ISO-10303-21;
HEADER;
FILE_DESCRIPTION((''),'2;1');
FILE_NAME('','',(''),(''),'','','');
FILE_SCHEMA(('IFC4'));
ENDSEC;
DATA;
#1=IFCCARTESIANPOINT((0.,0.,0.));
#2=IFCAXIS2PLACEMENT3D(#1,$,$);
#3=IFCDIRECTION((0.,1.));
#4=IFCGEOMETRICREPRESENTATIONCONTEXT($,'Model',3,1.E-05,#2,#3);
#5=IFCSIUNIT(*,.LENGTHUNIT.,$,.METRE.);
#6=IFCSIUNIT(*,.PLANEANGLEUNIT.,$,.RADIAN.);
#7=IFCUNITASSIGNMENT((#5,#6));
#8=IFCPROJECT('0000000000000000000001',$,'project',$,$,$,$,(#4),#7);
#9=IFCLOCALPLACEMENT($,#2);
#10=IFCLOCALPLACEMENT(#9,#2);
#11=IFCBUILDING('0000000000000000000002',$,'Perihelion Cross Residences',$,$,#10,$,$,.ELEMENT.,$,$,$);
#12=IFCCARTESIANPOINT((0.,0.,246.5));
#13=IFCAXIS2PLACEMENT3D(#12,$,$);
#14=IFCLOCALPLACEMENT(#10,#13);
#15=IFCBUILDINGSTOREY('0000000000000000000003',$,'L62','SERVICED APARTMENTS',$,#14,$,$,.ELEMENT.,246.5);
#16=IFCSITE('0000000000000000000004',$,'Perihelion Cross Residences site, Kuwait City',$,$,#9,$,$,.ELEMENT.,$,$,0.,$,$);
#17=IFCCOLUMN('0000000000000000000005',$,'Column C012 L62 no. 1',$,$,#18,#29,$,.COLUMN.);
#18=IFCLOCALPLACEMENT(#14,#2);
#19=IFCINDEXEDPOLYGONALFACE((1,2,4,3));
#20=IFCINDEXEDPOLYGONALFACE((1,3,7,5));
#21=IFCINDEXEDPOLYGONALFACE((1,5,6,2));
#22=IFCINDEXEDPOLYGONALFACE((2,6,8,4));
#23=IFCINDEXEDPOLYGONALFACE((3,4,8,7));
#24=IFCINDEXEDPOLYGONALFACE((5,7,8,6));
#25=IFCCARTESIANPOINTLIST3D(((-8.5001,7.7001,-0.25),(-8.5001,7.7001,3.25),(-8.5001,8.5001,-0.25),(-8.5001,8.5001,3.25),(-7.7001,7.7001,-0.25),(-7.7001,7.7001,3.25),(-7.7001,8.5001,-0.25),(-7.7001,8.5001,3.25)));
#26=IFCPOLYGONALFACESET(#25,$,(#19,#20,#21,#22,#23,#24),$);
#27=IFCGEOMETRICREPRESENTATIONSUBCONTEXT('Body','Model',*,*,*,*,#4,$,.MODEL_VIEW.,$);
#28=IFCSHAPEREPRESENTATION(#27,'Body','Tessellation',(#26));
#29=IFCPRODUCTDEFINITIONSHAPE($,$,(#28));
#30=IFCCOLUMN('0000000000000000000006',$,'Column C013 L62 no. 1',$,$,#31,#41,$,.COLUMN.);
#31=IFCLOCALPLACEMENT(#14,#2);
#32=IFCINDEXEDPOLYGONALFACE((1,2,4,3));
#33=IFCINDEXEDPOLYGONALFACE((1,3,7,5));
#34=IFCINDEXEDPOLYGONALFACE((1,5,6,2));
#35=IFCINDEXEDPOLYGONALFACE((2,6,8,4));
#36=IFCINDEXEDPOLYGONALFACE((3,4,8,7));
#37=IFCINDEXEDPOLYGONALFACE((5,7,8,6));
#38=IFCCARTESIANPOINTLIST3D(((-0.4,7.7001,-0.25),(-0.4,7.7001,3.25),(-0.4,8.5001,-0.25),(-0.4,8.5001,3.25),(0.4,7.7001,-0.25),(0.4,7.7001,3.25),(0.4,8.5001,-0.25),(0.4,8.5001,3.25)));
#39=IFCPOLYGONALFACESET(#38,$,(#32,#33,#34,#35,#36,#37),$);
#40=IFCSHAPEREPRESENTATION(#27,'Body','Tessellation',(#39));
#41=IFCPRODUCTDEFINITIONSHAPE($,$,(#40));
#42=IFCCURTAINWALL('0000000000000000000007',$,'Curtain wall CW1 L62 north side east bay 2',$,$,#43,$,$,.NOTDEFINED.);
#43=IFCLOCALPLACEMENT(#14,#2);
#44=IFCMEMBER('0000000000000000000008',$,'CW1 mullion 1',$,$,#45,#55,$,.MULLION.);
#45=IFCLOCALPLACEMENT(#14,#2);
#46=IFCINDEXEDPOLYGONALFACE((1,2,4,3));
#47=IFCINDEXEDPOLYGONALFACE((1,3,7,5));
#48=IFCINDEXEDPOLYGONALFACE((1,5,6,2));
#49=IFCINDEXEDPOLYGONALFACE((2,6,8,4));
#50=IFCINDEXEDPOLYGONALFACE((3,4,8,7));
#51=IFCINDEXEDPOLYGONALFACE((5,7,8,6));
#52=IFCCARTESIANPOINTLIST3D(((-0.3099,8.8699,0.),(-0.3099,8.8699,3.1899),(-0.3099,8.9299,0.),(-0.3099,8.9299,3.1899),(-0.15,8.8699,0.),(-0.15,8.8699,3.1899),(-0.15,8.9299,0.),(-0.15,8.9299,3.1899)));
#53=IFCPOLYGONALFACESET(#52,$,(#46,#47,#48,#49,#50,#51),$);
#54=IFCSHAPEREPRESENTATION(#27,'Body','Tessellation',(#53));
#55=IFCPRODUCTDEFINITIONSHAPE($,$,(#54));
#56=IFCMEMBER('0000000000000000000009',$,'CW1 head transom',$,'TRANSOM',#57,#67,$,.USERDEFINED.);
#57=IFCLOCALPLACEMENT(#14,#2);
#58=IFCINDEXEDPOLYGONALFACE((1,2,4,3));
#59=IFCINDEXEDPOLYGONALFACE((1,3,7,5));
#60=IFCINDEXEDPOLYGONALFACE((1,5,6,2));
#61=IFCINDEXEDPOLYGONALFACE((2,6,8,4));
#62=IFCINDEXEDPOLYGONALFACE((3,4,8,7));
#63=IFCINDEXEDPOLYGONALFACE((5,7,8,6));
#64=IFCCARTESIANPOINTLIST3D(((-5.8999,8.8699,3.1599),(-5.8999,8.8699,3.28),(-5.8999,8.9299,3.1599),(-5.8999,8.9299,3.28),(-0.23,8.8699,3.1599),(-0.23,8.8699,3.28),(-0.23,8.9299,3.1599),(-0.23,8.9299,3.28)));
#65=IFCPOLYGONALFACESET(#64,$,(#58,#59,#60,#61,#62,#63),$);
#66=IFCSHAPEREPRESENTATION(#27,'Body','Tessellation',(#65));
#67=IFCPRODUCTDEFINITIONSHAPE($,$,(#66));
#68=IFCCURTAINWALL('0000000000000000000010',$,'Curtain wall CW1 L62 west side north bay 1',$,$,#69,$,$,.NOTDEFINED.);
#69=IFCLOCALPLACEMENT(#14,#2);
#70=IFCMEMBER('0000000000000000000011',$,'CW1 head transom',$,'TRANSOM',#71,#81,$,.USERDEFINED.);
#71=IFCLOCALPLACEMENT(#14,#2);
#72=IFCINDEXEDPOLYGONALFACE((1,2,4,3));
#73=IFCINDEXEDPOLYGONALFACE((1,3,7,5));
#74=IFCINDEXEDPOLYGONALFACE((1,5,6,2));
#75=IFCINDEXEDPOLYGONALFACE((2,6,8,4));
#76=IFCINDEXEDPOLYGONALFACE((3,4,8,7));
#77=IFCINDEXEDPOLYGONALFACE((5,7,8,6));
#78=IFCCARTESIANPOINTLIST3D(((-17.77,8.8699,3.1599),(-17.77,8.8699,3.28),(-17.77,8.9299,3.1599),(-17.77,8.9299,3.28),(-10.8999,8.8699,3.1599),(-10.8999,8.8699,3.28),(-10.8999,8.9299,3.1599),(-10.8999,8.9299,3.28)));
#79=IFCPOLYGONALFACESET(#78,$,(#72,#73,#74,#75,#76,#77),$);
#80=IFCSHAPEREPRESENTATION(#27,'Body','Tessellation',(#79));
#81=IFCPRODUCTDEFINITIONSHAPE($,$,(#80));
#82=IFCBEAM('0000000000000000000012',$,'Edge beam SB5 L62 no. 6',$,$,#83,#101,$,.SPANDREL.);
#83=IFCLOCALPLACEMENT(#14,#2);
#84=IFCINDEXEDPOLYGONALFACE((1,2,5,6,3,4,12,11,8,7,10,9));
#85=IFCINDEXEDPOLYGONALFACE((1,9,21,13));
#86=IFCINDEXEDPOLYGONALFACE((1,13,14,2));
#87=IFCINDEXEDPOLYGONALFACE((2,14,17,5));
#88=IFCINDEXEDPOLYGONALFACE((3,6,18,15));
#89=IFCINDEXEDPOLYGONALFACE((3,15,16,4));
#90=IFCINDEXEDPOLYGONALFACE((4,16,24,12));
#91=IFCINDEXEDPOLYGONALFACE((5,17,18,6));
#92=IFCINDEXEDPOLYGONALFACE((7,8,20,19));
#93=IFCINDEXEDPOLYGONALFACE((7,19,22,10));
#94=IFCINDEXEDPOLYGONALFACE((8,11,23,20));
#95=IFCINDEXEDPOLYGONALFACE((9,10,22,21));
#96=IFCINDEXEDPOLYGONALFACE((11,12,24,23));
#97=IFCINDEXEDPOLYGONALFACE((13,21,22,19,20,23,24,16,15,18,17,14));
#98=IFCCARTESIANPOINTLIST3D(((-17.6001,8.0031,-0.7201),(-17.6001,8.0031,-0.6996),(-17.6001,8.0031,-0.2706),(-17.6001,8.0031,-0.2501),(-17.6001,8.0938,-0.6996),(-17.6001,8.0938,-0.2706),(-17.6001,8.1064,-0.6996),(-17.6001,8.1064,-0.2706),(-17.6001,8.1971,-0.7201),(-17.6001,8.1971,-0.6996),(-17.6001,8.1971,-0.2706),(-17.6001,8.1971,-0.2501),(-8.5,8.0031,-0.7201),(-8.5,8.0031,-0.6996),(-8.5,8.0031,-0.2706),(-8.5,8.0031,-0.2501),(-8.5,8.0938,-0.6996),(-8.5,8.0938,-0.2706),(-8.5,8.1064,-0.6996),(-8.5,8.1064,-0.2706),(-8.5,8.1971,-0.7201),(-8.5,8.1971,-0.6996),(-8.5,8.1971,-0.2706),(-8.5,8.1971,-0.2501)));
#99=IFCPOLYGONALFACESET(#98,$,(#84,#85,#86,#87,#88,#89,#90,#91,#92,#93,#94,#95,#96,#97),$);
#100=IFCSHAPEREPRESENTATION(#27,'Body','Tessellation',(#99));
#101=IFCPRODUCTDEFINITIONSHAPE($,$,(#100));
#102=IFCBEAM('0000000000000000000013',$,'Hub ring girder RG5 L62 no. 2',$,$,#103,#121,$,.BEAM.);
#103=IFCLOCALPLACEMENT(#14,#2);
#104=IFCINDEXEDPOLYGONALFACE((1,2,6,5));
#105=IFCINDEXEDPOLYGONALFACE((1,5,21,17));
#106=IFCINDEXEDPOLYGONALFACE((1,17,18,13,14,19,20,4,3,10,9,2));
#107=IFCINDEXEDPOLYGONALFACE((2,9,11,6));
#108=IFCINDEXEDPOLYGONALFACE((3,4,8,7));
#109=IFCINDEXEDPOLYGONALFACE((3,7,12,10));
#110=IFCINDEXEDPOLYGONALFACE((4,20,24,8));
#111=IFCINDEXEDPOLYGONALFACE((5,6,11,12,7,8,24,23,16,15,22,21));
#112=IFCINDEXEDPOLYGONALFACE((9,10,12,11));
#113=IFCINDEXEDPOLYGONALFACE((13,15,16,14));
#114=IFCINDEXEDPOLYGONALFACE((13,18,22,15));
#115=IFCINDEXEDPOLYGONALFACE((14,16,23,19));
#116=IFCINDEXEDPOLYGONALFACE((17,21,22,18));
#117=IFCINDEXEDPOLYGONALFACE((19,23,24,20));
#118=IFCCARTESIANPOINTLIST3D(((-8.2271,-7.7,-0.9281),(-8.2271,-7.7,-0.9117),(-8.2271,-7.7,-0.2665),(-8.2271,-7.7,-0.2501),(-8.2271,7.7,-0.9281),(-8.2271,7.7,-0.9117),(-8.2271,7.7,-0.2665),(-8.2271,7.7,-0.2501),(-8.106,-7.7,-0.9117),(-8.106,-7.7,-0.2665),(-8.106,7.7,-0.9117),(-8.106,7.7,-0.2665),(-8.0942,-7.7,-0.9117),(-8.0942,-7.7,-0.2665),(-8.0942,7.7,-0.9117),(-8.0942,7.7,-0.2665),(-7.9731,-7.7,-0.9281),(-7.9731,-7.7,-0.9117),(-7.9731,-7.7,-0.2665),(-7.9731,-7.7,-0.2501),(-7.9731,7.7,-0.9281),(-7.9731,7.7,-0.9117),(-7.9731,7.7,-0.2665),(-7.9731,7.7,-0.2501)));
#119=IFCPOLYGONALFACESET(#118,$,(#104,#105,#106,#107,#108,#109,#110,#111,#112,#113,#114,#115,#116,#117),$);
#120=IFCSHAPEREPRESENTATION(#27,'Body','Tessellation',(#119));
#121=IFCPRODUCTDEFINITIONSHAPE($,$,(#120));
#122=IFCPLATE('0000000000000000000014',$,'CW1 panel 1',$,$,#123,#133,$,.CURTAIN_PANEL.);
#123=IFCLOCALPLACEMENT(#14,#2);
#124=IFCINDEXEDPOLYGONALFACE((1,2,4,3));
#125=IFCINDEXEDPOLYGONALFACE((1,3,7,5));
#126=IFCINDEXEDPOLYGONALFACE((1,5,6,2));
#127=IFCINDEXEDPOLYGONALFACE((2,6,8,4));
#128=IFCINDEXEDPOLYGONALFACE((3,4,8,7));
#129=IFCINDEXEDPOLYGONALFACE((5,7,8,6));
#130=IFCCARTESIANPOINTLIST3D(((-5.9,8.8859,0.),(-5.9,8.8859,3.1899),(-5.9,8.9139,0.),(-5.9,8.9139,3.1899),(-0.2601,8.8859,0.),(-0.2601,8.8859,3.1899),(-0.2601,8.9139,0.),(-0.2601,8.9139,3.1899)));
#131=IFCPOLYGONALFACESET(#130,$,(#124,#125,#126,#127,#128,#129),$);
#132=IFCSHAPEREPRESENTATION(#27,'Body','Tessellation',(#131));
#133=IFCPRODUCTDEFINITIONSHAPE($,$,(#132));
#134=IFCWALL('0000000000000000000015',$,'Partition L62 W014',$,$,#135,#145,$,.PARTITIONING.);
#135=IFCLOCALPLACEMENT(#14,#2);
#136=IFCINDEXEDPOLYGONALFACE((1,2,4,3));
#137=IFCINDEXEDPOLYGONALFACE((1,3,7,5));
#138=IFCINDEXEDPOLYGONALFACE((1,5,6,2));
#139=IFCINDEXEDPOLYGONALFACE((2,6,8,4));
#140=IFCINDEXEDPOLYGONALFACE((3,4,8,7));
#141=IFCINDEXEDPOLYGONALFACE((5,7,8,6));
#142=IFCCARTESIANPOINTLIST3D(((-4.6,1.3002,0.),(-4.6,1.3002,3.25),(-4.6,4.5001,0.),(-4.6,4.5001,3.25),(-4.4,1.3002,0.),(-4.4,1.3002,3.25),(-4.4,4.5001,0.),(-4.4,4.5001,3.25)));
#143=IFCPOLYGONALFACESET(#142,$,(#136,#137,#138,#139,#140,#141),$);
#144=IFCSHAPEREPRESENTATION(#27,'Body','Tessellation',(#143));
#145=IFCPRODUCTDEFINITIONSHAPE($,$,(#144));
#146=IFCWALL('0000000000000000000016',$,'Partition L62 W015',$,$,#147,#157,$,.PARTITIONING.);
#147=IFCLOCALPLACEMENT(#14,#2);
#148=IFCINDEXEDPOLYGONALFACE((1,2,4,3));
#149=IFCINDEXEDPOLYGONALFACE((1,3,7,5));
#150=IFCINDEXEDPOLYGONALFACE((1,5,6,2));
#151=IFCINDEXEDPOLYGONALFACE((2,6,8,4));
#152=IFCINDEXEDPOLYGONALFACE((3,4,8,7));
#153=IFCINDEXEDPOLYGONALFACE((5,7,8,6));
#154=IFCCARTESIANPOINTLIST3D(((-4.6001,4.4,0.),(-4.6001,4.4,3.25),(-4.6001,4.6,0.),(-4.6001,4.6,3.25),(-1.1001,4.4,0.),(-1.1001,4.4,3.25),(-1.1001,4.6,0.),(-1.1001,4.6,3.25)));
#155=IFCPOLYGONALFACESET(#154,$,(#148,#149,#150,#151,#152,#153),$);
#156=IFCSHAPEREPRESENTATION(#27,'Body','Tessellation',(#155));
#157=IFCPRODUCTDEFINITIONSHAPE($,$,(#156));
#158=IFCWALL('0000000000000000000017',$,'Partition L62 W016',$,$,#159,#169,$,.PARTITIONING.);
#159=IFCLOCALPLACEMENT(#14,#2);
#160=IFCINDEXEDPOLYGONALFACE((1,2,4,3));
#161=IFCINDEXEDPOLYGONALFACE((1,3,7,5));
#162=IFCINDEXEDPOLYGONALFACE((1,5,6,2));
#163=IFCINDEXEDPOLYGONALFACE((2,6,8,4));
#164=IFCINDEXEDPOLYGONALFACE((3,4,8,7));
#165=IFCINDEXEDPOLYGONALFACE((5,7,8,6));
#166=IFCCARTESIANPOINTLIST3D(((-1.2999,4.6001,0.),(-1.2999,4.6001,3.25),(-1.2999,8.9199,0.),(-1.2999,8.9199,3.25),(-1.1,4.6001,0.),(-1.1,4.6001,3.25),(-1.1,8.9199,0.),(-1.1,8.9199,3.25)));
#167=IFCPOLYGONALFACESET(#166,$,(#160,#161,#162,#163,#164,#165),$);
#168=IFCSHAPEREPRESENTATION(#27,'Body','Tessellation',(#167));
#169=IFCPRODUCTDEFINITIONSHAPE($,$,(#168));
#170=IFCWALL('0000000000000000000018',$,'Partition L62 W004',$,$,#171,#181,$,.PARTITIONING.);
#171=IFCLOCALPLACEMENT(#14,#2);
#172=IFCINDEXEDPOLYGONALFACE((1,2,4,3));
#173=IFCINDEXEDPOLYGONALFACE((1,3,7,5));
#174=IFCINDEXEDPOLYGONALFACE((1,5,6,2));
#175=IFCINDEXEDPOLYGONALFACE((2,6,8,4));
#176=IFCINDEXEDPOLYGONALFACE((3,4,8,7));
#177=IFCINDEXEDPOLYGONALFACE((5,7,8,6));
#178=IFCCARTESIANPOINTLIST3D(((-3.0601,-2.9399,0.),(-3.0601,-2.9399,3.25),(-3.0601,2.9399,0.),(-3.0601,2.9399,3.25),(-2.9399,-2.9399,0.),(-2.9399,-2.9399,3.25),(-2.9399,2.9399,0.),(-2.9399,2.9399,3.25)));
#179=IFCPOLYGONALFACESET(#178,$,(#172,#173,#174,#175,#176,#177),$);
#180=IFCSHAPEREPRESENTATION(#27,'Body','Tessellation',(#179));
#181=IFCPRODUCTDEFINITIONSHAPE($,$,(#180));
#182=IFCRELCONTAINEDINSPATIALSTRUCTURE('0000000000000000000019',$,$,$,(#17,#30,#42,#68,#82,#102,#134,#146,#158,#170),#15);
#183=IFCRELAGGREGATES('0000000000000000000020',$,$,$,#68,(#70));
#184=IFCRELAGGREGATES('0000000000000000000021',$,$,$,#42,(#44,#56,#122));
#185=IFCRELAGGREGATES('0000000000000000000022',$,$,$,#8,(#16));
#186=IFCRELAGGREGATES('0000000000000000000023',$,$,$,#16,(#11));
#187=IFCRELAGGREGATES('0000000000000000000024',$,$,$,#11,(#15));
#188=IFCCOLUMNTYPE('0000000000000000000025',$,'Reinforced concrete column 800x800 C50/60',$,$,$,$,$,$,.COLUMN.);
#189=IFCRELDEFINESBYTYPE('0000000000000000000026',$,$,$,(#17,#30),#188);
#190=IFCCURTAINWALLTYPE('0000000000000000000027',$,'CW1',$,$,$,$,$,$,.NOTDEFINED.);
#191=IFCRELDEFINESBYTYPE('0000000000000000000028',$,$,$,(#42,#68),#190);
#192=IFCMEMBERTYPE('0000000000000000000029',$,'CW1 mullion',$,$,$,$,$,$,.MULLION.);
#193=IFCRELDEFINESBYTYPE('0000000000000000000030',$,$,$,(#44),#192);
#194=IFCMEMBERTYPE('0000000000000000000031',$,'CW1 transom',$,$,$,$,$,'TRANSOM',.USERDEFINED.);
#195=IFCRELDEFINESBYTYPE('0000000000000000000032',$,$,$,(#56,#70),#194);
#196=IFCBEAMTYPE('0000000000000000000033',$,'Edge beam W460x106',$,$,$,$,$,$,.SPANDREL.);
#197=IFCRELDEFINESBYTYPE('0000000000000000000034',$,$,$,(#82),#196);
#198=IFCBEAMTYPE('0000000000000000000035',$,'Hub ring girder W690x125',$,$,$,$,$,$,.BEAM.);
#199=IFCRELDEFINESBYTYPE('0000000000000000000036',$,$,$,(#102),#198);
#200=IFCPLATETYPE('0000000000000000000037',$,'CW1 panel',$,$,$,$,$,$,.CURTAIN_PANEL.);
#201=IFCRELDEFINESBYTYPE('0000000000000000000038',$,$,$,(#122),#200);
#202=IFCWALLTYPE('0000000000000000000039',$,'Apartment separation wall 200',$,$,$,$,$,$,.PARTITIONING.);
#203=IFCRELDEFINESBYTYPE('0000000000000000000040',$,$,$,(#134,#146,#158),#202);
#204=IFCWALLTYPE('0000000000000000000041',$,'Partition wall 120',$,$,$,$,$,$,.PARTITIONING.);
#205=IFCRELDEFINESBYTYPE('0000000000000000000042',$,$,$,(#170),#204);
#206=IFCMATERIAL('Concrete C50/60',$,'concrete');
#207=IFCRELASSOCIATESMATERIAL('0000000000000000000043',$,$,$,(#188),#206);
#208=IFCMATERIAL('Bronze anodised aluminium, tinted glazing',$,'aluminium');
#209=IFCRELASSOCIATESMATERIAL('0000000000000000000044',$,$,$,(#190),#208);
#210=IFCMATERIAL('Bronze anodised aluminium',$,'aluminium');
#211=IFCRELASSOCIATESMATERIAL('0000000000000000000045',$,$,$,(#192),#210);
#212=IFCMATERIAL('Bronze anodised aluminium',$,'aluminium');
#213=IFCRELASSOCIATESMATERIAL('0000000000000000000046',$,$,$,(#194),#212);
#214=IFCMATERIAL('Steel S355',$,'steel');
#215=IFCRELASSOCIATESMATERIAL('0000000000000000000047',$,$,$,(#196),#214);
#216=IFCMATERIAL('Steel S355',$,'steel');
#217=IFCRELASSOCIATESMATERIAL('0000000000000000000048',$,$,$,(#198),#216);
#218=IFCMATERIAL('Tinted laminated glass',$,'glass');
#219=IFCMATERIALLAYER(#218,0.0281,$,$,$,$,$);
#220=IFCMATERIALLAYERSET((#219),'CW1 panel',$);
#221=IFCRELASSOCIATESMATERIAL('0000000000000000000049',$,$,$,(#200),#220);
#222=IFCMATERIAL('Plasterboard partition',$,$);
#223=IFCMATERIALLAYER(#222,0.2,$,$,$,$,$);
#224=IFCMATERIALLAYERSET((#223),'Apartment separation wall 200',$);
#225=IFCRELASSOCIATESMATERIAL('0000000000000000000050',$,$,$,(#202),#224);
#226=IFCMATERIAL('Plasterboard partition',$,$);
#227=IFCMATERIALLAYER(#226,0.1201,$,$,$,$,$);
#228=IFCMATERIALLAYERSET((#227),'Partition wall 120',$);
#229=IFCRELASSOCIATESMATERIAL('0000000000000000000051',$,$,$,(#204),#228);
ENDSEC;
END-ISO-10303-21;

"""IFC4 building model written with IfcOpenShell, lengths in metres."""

from ifc_helpers import new_model, si_unit, direction, frame, frame_2d, origin, origin_2d, place, context, subcontext, project, spatial, rectangle, i_section, extrude, material, layer, layer_set, material_profile, profile_set, type_object, element, aggregate, save


model = new_model("IFC4")

# Units and contexts
model_context = context("Model", 3, precision=1e-05, world=origin(), true_north=direction((0.0, 1.0)))
body_context = subcontext(model_context, "Body", "Model", "MODEL_VIEW")
ifc_project = project(units=[si_unit("LENGTHUNIT", "METRE"), si_unit("PLANEANGLEUNIT", "RADIAN")], contexts=[model_context])

# Site, building, storey
site_placement = place(None, origin())
site = spatial("IfcSite", under=ifc_project, at=site_placement, Name="Perihelion Cross Residences site, Kuwait City", CompositionType="ELEMENT", RefElevation=0.0)
building_placement = place(site_placement, origin())
building = spatial("IfcBuilding", under=site, at=building_placement, Name="Perihelion Cross Residences", CompositionType="ELEMENT")
storey_placement = place(building_placement, frame((0.0, 0.0, 246.5)))
storey = spatial("IfcBuildingStorey", under=building, at=storey_placement, Name="L62", Description="SERVICED APARTMENTS", CompositionType="ELEMENT", Elevation=246.5)

# Columns
ifc_material_1 = material(Name="Concrete C50/60", Category="concrete")
ifc_material_profile_1 = material_profile(ifc_material_1, rectangle(XDim=0.8, YDim=0.8, at=origin_2d()), Name="RC 800x800")
ifc_profile_set_1 = profile_set([ifc_material_profile_1], Name="Concrete C50/60")
column_type = type_object("IfcColumnType", Name="Reinforced concrete column 800x800 C50/60", PredefinedType="COLUMN", material=ifc_profile_set_1)
for number, where, z_axis, x_axis, name in (
    (1, (-8.1001, 8.1001, -0.25), (0.0, 0.0, 1.0), (1.0, 0.0, 0.0), "Column C012 L62 no. 1"),
    (2, (0.0, 8.1001, -0.25), (0.0, 0.0, 1.0), (1.0, 0.0, 0.0), "Column C013 L62 no. 1"),
):
    element("IfcColumn", number, at=place(storey_placement, frame(where, z_axis=z_axis, x_axis=x_axis)), inside=storey, type_object=column_type, Name=name, PredefinedType="COLUMN", context=body_context, shape_type="SweptSolid", body=[
        extrude(rectangle(XDim=0.8, YDim=0.8, at=origin_2d()), origin(), (0.0, 0.0, 1.0), 3.5),
    ])

# Curtain wall, members
ifc_material_2 = material(Name="Bronze anodised aluminium, tinted glazing", Category="aluminium")
curtain_wall_type = type_object("IfcCurtainWallType", Name="CW1", PredefinedType="NOTDEFINED", material=ifc_material_2)
curtain_wall_1_placement = place(storey_placement, origin())
curtain_wall_1 = element("IfcCurtainWall", 3, at=curtain_wall_1_placement, inside=storey, type_object=curtain_wall_type, Name="Curtain wall CW1 L62 north side east bay 2", PredefinedType="NOTDEFINED")
ifc_material_3 = material(Name="Bronze anodised aluminium", Category="aluminium")
ifc_material_profile_2 = material_profile(ifc_material_3, rectangle(XDim=0.0601, YDim=0.1599, at=origin_2d()), Name="CW1 mullion")
ifc_profile_set_2 = profile_set([ifc_material_profile_2], Name="Bronze anodised aluminium")
member_type_1 = type_object("IfcMemberType", Name="CW1 mullion", PredefinedType="MULLION", material=ifc_profile_set_2)
member_1_placement = place(storey_placement, frame((-0.23, 8.8999, 0.0), z_axis=(0.0, 0.0, 1.0), x_axis=(0.0, -1.0, 0.0)))
member_1 = element("IfcMember", 4, at=member_1_placement, type_object=member_type_1, Name="CW1 mullion 1", PredefinedType="MULLION", context=body_context, shape_type="SweptSolid", body=[
    extrude(rectangle(XDim=0.0601, YDim=0.1599, at=origin_2d()), origin(), (0.0, 0.0, 1.0), 3.1899),
])
ifc_material_4 = material(Name="Bronze anodised aluminium", Category="aluminium")
ifc_material_profile_3 = material_profile(ifc_material_4, rectangle(XDim=0.0601, YDim=0.1201, at=origin_2d()), Name="CW1 transom")
ifc_profile_set_3 = profile_set([ifc_material_profile_3], Name="Bronze anodised aluminium")
member_type_2 = type_object("IfcMemberType", Name="CW1 transom", ElementType="TRANSOM", PredefinedType="USERDEFINED", material=ifc_profile_set_3)
member_2_placement = place(storey_placement, frame((-0.23, 8.8999, 3.22), z_axis=(-1.0, 0.0, 0.0), x_axis=(0.0, -1.0, 0.0)))
member_2 = element("IfcMember", 5, at=member_2_placement, type_object=member_type_2, Name="CW1 head transom", ObjectType="TRANSOM", PredefinedType="USERDEFINED", context=body_context, shape_type="SweptSolid", body=[
    extrude(rectangle(XDim=0.0601, YDim=0.1201, at=origin_2d()), origin(), (0.0, 0.0, 1.0), 5.6699),
])

# Curtain wall, member
curtain_wall_2_placement = place(storey_placement, origin())
curtain_wall_2 = element("IfcCurtainWall", 6, at=curtain_wall_2_placement, inside=storey, type_object=curtain_wall_type, Name="Curtain wall CW1 L62 west side north bay 1", PredefinedType="NOTDEFINED")
member_3_placement = place(storey_placement, frame((-10.8999, 8.8999, 3.22), z_axis=(-1.0, 0.0, 0.0), x_axis=(0.0, -1.0, 0.0)))
member_3 = element("IfcMember", 7, at=member_3_placement, type_object=member_type_2, Name="CW1 head transom", ObjectType="TRANSOM", PredefinedType="USERDEFINED", context=body_context, shape_type="SweptSolid", body=[
    extrude(rectangle(XDim=0.0601, YDim=0.1201, at=origin_2d()), origin(), (0.0, 0.0, 1.0), 6.8701),
])
aggregate(curtain_wall_2, [member_3])

# Beams
ifc_material_5 = material(Name="Steel S355", Category="steel")
ifc_material_profile_4 = material_profile(ifc_material_5, i_section(OverallWidth=0.1941, OverallDepth=0.47, WebThickness=0.0127, FlangeThickness=0.0205, at=origin_2d()), Name="W460x106")
ifc_profile_set_4 = profile_set([ifc_material_profile_4], Name="Steel S355")
beam_type_1 = type_object("IfcBeamType", Name="Edge beam W460x106", PredefinedType="SPANDREL", material=ifc_profile_set_4)
beam_1_placement = place(storey_placement, frame((-8.5, 8.1001, -0.4851), z_axis=(-1.0, 0.0, 0.0), x_axis=(0.0, -1.0, 0.0)))
element("IfcBeam", 8, at=beam_1_placement, inside=storey, type_object=beam_type_1, Name="Edge beam SB5 L62 no. 6", PredefinedType="SPANDREL", context=body_context, shape_type="SweptSolid", body=[
    extrude(i_section(OverallWidth=0.1941, OverallDepth=0.47, WebThickness=0.0127, FlangeThickness=0.0205, at=origin_2d()), origin(), (0.0, 0.0, 1.0), 9.1001),
])
ifc_material_6 = material(Name="Steel S355", Category="steel")
ifc_material_profile_5 = material_profile(ifc_material_6, i_section(OverallWidth=0.2539, OverallDepth=0.678, WebThickness=0.0117, FlangeThickness=0.0164, at=origin_2d()), Name="W690x125")
ifc_profile_set_5 = profile_set([ifc_material_profile_5], Name="Steel S355")
beam_type_2 = type_object("IfcBeamType", Name="Hub ring girder W690x125", PredefinedType="BEAM", material=ifc_profile_set_5)
beam_2_placement = place(storey_placement, frame((-8.1001, 7.7, -0.5891), z_axis=(0.0, -1.0, 0.0), x_axis=(1.0, 0.0, 0.0)))
element("IfcBeam", 9, at=beam_2_placement, inside=storey, type_object=beam_type_2, Name="Hub ring girder RG5 L62 no. 2", PredefinedType="BEAM", context=body_context, shape_type="SweptSolid", body=[
    extrude(i_section(OverallWidth=0.2539, OverallDepth=0.678, WebThickness=0.0117, FlangeThickness=0.0164, at=origin_2d()), origin(), (0.0, 0.0, 1.0), 15.3999),
])

# Plate
ifc_material_7 = material(Name="Tinted laminated glass", Category="glass")
ifc_layer_1 = layer(ifc_material_7, 0.0281)
ifc_layer_set_1 = layer_set([ifc_layer_1], Name="CW1 panel")
plate_type = type_object("IfcPlateType", Name="CW1 panel", PredefinedType="CURTAIN_PANEL", material=ifc_layer_set_1)
plate_placement = place(storey_placement, frame((-3.0801, 8.8999, 0.0), z_axis=(0.0, 0.0, 1.0), x_axis=(-1.0, 0.0, 0.0)))
plate = element("IfcPlate", 10, at=plate_placement, type_object=plate_type, Name="CW1 panel 1", PredefinedType="CURTAIN_PANEL", context=body_context, shape_type="SweptSolid", body=[
    extrude(rectangle(XDim=5.6399, YDim=0.0281, at=origin_2d()), origin(), (0.0, 0.0, 1.0), 3.1899),
])
aggregate(curtain_wall_1, [member_1, member_2, plate])

# Walls
ifc_material_8 = material(Name="Plasterboard partition")
ifc_layer_2 = layer(ifc_material_8, 0.2)
ifc_layer_set_2 = layer_set([ifc_layer_2], Name="Apartment separation wall 200")
wall_type_1 = type_object("IfcWallType", Name="Apartment separation wall 200", PredefinedType="PARTITIONING", material=ifc_layer_set_2)
wall_1_placement = place(storey_placement, frame((-4.5, 1.3, 0.0), z_axis=(0.0, 0.0, 1.0), x_axis=(0.0, 1.0, 0.0)))
element("IfcWall", 11, at=wall_1_placement, inside=storey, type_object=wall_type_1, Name="Partition L62 W014", PredefinedType="PARTITIONING", context=body_context, shape_type="SweptSolid", body=[
    extrude(rectangle(XDim=3.2, YDim=0.2, at=frame_2d((1.6001, 0.0))), origin(), (0.0, 0.0, 1.0), 3.25),
])
wall_2_placement = place(storey_placement, frame((-4.6001, 4.5, 0.0), z_axis=(0.0, 0.0, 1.0), x_axis=(1.0, 0.0, 0.0)))
element("IfcWall", 12, at=wall_2_placement, inside=storey, type_object=wall_type_1, Name="Partition L62 W015", PredefinedType="PARTITIONING", context=body_context, shape_type="SweptSolid", body=[
    extrude(rectangle(XDim=3.5, YDim=0.2, at=frame_2d((1.75, 0.0))), origin(), (0.0, 0.0, 1.0), 3.25),
])
wall_3_placement = place(storey_placement, frame((-1.2, 4.6001, 0.0), z_axis=(0.0, 0.0, 1.0), x_axis=(0.0, 1.0, 0.0)))
element("IfcWall", 13, at=wall_3_placement, inside=storey, type_object=wall_type_1, Name="Partition L62 W016", PredefinedType="PARTITIONING", context=body_context, shape_type="SweptSolid", body=[
    extrude(rectangle(XDim=4.3198, YDim=0.2, at=frame_2d((2.1599, 0.0))), origin(), (0.0, 0.0, 1.0), 3.25),
])

# Wall
ifc_material_9 = material(Name="Plasterboard partition")
ifc_layer_3 = layer(ifc_material_9, 0.1201)
ifc_layer_set_3 = layer_set([ifc_layer_3], Name="Partition wall 120")
wall_type_2 = type_object("IfcWallType", Name="Partition wall 120", PredefinedType="PARTITIONING", material=ifc_layer_set_3)
wall_4_placement = place(storey_placement, frame((-3.0, 2.9399, 0.0), z_axis=(0.0, 0.0, 1.0), x_axis=(0.0, -1.0, 0.0)))
element("IfcWall", 14, at=wall_4_placement, inside=storey, type_object=wall_type_2, Name="Partition L62 W004", PredefinedType="PARTITIONING", context=body_context, shape_type="SweptSolid", body=[
    extrude(rectangle(XDim=5.8799, YDim=0.1201, at=frame_2d((2.9399, 0.0))), origin(), (0.0, 0.0, 1.0), 3.25),
])

save(model, "model.ifc")
